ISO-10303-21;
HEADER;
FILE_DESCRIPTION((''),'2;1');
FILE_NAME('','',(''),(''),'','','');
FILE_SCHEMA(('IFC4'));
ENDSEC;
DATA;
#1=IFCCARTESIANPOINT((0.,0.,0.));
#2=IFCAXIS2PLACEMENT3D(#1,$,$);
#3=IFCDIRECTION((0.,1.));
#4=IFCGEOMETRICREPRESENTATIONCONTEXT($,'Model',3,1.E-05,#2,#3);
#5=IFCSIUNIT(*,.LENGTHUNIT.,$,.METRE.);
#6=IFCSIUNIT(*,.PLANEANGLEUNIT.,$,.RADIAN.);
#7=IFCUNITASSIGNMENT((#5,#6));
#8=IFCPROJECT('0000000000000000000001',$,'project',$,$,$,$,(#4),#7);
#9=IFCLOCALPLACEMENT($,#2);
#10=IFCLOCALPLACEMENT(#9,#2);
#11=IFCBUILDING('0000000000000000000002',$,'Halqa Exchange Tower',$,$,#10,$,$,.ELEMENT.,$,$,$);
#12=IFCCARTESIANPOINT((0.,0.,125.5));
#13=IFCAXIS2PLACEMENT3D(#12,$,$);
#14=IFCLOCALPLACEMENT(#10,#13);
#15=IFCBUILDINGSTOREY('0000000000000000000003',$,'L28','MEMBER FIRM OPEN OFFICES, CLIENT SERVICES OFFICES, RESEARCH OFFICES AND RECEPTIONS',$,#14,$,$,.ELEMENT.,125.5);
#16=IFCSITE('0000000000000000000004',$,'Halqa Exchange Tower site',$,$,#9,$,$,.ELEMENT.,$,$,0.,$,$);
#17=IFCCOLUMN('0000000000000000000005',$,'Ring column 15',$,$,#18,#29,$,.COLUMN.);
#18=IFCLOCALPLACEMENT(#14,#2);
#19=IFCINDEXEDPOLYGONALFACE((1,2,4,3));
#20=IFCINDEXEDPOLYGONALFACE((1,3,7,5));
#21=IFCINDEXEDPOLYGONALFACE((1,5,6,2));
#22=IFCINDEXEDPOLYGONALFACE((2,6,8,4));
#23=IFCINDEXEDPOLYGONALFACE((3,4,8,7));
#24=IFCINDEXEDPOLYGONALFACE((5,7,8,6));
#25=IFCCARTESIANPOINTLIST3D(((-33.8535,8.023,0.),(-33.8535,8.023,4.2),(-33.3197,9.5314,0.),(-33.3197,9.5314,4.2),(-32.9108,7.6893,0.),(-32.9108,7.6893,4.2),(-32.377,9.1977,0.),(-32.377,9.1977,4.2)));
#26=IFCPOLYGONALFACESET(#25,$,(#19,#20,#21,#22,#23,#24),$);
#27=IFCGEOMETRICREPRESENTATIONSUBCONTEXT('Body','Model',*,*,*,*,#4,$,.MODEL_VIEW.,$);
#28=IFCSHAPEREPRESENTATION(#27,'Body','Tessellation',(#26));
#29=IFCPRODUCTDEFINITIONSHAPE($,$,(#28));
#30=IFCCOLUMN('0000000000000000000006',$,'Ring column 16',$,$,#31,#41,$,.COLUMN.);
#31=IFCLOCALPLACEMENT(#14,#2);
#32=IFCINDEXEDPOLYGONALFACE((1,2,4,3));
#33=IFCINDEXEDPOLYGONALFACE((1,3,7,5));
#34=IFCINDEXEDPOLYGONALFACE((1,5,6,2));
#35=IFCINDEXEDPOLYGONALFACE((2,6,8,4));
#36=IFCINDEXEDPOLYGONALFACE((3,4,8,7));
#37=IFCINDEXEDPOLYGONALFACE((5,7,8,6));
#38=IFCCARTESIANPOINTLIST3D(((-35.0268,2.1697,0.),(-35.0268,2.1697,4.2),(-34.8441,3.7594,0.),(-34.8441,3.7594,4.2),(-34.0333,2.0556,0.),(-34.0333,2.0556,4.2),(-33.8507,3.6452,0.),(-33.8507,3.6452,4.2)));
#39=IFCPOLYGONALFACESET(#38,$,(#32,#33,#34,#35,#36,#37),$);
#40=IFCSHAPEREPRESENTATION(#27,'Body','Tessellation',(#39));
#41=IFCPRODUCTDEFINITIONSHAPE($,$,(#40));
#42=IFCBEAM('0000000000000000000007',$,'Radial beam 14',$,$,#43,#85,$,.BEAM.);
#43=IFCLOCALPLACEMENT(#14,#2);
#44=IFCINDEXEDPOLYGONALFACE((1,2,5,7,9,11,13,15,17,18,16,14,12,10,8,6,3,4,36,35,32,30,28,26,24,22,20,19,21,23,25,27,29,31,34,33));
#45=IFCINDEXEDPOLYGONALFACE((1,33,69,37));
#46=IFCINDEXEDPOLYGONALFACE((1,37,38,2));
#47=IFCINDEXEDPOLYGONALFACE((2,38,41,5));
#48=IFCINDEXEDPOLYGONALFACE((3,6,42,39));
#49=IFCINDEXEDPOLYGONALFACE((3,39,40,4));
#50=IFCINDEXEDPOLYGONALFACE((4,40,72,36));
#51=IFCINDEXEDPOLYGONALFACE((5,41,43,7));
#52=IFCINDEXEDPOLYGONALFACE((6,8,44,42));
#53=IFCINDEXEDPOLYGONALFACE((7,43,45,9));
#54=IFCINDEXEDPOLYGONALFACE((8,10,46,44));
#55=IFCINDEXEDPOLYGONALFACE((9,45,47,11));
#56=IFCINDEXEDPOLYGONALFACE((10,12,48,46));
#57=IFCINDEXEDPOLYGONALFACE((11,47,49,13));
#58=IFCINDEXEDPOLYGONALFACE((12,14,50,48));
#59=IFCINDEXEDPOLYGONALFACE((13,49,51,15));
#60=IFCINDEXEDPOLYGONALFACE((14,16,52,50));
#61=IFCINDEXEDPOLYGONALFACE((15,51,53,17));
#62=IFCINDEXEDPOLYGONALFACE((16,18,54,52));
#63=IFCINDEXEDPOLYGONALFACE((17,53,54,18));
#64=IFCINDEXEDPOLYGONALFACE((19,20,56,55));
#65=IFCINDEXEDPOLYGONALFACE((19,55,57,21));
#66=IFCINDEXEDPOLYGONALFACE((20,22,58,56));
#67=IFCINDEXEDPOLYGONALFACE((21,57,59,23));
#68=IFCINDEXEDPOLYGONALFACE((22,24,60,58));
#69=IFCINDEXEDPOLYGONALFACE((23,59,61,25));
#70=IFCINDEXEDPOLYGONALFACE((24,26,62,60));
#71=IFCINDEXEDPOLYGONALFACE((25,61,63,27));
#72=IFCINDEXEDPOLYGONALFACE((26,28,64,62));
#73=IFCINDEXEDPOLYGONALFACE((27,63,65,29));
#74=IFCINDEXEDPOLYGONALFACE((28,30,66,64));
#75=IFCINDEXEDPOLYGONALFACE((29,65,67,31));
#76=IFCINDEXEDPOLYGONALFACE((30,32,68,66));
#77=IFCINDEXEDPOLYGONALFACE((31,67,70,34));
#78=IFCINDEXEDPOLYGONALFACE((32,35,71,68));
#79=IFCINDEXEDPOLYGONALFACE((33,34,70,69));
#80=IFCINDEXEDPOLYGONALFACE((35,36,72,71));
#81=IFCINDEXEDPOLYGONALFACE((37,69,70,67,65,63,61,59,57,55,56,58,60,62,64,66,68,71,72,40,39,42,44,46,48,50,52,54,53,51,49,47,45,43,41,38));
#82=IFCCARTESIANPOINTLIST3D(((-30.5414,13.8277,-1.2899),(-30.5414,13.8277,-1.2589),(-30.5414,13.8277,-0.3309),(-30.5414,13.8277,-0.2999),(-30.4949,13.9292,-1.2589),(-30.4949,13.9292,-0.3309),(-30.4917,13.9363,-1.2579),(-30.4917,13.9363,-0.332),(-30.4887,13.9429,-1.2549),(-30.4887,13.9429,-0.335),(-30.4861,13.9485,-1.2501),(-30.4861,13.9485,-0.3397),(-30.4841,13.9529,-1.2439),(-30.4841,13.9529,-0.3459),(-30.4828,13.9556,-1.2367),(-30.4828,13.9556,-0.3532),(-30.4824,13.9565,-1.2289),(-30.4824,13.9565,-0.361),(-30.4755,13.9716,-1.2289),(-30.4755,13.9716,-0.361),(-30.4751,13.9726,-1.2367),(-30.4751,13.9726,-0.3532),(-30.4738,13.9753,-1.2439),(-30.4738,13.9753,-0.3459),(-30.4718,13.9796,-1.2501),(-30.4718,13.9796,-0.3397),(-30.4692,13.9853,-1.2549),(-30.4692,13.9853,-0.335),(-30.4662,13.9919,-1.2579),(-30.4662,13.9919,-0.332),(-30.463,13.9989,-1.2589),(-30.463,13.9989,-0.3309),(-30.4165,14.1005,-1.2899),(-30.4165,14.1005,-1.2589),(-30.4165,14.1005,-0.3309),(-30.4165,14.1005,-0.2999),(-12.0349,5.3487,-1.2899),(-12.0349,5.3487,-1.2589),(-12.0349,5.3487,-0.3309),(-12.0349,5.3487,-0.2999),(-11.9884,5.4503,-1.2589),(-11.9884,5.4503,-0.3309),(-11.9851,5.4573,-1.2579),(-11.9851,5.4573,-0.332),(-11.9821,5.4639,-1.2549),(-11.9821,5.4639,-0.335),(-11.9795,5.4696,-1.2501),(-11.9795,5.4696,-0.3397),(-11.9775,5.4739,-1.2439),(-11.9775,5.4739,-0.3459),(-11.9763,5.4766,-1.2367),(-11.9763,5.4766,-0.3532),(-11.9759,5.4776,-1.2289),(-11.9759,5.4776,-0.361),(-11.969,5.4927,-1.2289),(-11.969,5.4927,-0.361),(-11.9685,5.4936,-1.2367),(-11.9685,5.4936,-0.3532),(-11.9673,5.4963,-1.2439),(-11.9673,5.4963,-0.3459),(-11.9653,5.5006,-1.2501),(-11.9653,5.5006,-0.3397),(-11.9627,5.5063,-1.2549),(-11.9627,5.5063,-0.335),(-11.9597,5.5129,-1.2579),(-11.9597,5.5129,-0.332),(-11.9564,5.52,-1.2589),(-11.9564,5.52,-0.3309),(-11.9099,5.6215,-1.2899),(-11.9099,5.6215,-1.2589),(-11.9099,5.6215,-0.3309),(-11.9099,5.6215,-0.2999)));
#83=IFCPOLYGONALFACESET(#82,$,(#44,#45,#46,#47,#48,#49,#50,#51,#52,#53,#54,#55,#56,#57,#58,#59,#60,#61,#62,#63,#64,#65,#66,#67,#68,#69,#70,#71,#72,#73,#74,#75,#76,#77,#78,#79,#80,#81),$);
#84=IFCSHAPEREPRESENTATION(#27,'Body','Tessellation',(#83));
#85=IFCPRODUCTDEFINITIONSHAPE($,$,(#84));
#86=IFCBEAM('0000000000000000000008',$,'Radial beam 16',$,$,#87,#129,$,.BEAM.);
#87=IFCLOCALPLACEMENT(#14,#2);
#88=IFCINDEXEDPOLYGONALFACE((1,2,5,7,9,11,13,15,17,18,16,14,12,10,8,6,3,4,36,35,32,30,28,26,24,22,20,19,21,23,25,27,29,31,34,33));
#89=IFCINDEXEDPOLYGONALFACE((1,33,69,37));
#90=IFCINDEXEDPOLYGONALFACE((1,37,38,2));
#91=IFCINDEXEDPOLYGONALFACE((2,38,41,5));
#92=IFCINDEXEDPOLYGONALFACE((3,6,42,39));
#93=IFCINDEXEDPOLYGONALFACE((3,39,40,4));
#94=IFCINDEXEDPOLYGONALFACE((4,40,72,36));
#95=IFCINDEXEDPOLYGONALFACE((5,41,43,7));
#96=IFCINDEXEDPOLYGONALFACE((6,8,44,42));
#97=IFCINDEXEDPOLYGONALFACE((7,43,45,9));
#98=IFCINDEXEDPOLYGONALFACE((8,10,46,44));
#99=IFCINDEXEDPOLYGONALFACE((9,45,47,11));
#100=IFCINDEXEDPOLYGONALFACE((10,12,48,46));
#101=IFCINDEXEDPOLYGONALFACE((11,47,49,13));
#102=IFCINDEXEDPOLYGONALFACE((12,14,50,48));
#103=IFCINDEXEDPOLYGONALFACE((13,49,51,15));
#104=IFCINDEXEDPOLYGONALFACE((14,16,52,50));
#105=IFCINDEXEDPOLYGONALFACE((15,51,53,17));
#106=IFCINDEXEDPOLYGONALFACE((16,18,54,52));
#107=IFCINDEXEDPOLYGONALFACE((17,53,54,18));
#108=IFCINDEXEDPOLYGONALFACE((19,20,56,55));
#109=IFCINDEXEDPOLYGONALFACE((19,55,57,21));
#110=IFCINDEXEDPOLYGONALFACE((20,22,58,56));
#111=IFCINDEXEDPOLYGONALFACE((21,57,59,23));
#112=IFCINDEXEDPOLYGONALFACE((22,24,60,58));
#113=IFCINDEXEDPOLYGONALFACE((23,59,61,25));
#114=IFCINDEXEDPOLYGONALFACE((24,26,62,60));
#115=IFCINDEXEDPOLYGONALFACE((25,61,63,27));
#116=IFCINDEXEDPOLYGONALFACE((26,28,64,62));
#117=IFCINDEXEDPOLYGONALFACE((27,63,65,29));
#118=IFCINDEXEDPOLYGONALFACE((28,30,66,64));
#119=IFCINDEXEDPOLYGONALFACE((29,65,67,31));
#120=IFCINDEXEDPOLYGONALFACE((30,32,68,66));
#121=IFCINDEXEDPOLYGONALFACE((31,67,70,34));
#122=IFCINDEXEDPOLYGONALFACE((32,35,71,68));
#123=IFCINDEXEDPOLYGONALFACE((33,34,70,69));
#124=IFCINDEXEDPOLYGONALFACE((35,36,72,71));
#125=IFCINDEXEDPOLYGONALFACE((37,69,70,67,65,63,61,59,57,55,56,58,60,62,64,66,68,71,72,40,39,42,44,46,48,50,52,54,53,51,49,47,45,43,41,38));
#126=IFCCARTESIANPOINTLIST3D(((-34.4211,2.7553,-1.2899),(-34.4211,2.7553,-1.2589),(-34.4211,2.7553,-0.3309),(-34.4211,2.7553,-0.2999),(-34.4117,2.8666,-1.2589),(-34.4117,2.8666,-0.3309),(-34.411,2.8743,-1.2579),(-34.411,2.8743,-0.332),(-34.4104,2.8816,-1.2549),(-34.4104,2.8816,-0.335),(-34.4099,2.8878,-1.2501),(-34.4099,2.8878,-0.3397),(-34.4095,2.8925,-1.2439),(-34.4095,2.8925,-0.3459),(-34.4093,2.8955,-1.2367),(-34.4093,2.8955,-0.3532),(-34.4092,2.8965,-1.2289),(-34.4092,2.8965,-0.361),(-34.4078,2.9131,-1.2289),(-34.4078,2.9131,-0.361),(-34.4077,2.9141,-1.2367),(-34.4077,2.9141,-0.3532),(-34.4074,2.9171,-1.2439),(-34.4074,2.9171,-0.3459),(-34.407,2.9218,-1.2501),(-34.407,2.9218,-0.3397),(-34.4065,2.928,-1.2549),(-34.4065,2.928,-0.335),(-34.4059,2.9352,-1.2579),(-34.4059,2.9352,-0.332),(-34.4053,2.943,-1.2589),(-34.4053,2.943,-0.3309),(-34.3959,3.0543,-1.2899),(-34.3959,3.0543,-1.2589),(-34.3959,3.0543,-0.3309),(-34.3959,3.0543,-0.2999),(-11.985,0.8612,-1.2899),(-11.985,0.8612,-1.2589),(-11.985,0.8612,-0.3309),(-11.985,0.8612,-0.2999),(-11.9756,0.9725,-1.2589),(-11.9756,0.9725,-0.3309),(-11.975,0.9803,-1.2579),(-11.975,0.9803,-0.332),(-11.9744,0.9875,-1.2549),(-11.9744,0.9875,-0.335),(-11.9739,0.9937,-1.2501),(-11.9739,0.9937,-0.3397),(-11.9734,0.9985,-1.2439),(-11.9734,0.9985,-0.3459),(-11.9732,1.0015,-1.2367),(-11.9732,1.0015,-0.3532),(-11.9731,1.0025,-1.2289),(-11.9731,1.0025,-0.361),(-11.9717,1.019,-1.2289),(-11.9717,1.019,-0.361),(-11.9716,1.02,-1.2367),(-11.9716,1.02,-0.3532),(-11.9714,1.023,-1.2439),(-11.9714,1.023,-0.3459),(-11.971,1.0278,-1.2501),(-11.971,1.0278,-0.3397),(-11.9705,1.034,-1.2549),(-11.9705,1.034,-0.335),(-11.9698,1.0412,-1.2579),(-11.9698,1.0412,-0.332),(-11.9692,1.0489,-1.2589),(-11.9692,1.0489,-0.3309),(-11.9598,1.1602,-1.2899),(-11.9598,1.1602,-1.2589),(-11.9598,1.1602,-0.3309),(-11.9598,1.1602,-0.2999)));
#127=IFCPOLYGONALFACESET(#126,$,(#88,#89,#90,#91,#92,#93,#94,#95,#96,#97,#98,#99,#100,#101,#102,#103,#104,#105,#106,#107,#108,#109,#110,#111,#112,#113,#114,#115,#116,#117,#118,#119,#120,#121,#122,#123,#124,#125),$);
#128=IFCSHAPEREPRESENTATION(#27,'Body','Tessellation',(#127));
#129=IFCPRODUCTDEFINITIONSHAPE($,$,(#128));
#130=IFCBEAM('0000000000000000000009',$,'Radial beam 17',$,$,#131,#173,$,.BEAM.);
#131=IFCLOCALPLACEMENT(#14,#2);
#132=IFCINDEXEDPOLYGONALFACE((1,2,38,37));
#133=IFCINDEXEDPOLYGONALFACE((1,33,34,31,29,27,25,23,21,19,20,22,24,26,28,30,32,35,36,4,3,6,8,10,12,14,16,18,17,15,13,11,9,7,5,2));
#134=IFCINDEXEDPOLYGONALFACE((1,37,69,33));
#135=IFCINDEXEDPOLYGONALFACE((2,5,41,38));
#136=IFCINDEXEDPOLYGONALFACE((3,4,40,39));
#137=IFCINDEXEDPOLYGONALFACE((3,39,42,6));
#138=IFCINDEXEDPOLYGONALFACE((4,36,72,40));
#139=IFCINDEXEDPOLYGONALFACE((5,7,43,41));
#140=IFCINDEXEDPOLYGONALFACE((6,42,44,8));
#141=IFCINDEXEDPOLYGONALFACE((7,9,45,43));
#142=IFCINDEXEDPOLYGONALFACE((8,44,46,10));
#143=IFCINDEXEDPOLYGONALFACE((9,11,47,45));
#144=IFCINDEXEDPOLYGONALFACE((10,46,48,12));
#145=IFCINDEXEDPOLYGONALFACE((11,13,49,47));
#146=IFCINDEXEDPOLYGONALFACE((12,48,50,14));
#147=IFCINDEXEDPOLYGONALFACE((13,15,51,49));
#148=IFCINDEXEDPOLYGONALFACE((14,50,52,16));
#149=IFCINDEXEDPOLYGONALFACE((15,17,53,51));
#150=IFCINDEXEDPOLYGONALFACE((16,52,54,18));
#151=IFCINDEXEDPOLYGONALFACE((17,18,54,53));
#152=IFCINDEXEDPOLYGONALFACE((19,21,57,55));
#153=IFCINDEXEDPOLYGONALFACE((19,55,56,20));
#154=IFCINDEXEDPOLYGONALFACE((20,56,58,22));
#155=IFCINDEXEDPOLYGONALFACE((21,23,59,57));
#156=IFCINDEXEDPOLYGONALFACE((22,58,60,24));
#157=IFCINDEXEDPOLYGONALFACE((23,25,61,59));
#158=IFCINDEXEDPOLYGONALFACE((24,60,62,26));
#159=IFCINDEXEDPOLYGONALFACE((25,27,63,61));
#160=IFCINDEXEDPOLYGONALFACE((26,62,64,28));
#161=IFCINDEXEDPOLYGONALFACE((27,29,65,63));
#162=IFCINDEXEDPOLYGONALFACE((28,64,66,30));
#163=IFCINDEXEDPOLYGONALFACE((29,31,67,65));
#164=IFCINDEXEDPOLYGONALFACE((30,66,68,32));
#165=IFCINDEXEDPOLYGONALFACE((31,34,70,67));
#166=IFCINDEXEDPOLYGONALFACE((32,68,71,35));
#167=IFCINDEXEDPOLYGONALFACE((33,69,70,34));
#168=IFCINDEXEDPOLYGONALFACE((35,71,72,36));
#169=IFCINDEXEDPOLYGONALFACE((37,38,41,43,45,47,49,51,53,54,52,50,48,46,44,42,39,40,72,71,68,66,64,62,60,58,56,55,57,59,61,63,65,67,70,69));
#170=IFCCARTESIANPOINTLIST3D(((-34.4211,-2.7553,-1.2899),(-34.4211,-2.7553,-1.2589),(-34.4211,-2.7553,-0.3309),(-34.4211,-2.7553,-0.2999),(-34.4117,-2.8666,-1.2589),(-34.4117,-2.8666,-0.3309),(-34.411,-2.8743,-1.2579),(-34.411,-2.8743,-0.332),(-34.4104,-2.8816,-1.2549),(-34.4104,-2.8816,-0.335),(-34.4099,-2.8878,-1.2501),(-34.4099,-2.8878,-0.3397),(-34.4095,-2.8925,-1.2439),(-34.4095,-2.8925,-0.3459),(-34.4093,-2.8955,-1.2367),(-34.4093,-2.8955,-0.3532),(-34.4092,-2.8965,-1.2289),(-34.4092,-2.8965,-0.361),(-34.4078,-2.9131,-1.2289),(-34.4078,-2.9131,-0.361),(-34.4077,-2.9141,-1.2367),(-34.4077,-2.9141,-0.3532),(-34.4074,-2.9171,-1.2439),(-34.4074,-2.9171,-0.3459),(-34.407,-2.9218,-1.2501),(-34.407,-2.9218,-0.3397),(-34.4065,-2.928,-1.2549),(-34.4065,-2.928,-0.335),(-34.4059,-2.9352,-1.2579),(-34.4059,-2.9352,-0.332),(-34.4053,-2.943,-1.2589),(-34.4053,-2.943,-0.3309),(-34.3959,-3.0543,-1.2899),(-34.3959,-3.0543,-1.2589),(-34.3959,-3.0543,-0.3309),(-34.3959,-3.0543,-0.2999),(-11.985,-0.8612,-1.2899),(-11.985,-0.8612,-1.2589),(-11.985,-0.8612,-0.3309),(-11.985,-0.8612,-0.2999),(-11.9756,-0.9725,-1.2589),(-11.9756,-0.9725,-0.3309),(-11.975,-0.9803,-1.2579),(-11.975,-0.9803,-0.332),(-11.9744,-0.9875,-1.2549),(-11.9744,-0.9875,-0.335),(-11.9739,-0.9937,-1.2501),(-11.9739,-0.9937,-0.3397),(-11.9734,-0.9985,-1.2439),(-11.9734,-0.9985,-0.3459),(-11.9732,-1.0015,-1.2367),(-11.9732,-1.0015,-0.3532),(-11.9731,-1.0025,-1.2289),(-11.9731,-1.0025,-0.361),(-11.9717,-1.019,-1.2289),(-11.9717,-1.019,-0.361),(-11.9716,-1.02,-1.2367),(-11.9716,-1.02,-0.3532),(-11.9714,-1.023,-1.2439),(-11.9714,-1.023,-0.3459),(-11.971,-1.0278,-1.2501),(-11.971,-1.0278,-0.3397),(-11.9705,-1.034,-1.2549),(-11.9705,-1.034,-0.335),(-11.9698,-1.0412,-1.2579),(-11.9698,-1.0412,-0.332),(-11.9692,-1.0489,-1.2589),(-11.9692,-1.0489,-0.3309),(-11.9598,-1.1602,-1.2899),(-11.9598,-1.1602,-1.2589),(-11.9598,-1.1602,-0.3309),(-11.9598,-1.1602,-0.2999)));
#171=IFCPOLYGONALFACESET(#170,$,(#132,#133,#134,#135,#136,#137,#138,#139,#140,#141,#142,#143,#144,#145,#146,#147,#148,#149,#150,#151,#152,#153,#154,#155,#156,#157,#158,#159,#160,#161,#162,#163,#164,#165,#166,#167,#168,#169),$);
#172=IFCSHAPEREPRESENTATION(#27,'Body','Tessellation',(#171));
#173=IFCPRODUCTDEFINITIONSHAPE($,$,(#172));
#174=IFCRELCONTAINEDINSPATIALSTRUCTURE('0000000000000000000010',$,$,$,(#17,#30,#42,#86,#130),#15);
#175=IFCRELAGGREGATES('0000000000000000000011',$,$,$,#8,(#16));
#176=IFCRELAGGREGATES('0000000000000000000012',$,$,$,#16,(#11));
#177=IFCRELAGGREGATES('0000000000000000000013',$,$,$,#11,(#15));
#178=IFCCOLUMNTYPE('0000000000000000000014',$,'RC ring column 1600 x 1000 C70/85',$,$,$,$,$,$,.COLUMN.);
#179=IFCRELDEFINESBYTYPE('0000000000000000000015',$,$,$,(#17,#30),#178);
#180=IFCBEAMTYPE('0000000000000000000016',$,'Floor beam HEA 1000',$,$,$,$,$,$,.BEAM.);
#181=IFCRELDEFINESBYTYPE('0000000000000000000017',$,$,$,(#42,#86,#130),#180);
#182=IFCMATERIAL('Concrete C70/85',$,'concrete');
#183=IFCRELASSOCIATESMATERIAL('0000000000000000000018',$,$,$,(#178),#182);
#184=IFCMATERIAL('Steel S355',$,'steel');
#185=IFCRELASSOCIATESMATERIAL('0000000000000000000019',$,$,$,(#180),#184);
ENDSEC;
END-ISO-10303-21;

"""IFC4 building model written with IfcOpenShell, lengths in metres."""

from ifc_helpers import new_model, si_unit, direction, frame, origin, origin_2d, place, context, subcontext, project, spatial, rectangle, i_section, extrude, material, material_profile, profile_set, type_object, element, save


model = new_model("IFC4")

# Units and contexts
model_context = context("Model", 3, precision=1e-05, world=origin(), true_north=direction((0.0, 1.0)))
body_context = subcontext(model_context, "Body", "Model", "MODEL_VIEW")
ifc_project = project(units=[si_unit("LENGTHUNIT", "METRE"), si_unit("PLANEANGLEUNIT", "RADIAN")], contexts=[model_context])

# Site, building, storey
site_placement = place(None, origin())
site = spatial("IfcSite", under=ifc_project, at=site_placement, Name="Halqa Exchange Tower site", CompositionType="ELEMENT", RefElevation=0.0)
building_placement = place(site_placement, origin())
building = spatial("IfcBuilding", under=site, at=building_placement, Name="Halqa Exchange Tower", CompositionType="ELEMENT")
storey_placement = place(building_placement, frame((0.0, 0.0, 125.5)))
storey = spatial("IfcBuildingStorey", under=building, at=storey_placement, Name="L28", Description="MEMBER FIRM OPEN OFFICES, CLIENT SERVICES OFFICES, RESEARCH OFFICES AND RECEPTIONS", CompositionType="ELEMENT", Elevation=125.5)

# Columns
ifc_material_1 = material(Name="Concrete C70/85", Category="concrete")
ifc_material_profile_1 = material_profile(ifc_material_1, rectangle(XDim=1.6001, YDim=1.0, at=origin_2d()), Name="1600 x 1000")
ifc_profile_set_1 = profile_set([ifc_material_profile_1], Name="Concrete C70/85")
column_type = type_object("IfcColumnType", Name="RC ring column 1600 x 1000 C70/85", PredefinedType="COLUMN", material=ifc_profile_set_1)
for number, where, z_axis, x_axis, name in (
    (1, (-33.1152, 8.6104, 0.0), (0.0, 0.0, 1.0), (-0.333636, -0.942702, 0.0), "Ring column 15"),
    (2, (-34.4387, 2.9075, 0.0), (0.0, 0.0, 1.0), (-0.114159, -0.993463, 0.0), "Ring column 16"),
):
    element("IfcColumn", number, at=place(storey_placement, frame(where, z_axis=z_axis, x_axis=x_axis)), inside=storey, type_object=column_type, Name=name, PredefinedType="COLUMN", context=body_context, shape_type="SweptSolid", body=[
        extrude(rectangle(XDim=1.6001, YDim=1.0, at=origin_2d()), origin(), (0.0, 0.0, 1.0), 4.2),
    ])

# Beams
ifc_material_2 = material(Name="Steel S355", Category="steel")
ifc_material_profile_2 = material_profile(ifc_material_2, i_section(OverallWidth=0.3, OverallDepth=0.99, WebThickness=0.0166, FlangeThickness=0.031, FilletRadius=0.03, at=origin_2d()), Name="HEA 1000")
ifc_profile_set_2 = profile_set([ifc_material_profile_2], Name="Steel S355")
beam_type_1 = type_object("IfcBeamType", Name="Floor beam HEA 1000", PredefinedType="BEAM", material=ifc_profile_set_2)
beam_1_placement = place(storey_placement, frame((-11.9724, 5.4851, -0.7949), z_axis=(-0.909124, 0.416525, 0.0), x_axis=(-0.416525, -0.909124, 0.0)))
element("IfcBeam", 3, at=beam_1_placement, inside=storey, type_object=beam_type_1, Name="Radial beam 14", PredefinedType="BEAM", context=body_context, shape_type="SweptSolid", body=[
    extrude(i_section(OverallWidth=0.3, OverallDepth=0.99, WebThickness=0.0166, FlangeThickness=0.031, FilletRadius=0.03, at=origin_2d()), origin(), (0.0, 0.0, 1.0), 20.3564),
])
for number, where, z_axis, x_axis, name in (
    (4, (-11.9724, 1.0107, -0.7949), (-0.996456, 0.08412, 0.0), (-0.08412, -0.996456, 0.0), "Radial beam 16"),
    (5, (-11.9724, -1.0107, -0.7949), (-0.996456, -0.08412, 0.0), (0.08412, -0.996456, 0.0), "Radial beam 17"),
):
    element("IfcBeam", number, at=place(storey_placement, frame(where, z_axis=z_axis, x_axis=x_axis)), inside=storey, type_object=beam_type_1, Name=name, PredefinedType="BEAM", context=body_context, shape_type="SweptSolid", body=[
        extrude(i_section(OverallWidth=0.3, OverallDepth=0.99, WebThickness=0.0166, FlangeThickness=0.031, FilletRadius=0.03, at=origin_2d()), origin(), (0.0, 0.0, 1.0), 22.5159),
    ])

save(model, "model.ifc")
